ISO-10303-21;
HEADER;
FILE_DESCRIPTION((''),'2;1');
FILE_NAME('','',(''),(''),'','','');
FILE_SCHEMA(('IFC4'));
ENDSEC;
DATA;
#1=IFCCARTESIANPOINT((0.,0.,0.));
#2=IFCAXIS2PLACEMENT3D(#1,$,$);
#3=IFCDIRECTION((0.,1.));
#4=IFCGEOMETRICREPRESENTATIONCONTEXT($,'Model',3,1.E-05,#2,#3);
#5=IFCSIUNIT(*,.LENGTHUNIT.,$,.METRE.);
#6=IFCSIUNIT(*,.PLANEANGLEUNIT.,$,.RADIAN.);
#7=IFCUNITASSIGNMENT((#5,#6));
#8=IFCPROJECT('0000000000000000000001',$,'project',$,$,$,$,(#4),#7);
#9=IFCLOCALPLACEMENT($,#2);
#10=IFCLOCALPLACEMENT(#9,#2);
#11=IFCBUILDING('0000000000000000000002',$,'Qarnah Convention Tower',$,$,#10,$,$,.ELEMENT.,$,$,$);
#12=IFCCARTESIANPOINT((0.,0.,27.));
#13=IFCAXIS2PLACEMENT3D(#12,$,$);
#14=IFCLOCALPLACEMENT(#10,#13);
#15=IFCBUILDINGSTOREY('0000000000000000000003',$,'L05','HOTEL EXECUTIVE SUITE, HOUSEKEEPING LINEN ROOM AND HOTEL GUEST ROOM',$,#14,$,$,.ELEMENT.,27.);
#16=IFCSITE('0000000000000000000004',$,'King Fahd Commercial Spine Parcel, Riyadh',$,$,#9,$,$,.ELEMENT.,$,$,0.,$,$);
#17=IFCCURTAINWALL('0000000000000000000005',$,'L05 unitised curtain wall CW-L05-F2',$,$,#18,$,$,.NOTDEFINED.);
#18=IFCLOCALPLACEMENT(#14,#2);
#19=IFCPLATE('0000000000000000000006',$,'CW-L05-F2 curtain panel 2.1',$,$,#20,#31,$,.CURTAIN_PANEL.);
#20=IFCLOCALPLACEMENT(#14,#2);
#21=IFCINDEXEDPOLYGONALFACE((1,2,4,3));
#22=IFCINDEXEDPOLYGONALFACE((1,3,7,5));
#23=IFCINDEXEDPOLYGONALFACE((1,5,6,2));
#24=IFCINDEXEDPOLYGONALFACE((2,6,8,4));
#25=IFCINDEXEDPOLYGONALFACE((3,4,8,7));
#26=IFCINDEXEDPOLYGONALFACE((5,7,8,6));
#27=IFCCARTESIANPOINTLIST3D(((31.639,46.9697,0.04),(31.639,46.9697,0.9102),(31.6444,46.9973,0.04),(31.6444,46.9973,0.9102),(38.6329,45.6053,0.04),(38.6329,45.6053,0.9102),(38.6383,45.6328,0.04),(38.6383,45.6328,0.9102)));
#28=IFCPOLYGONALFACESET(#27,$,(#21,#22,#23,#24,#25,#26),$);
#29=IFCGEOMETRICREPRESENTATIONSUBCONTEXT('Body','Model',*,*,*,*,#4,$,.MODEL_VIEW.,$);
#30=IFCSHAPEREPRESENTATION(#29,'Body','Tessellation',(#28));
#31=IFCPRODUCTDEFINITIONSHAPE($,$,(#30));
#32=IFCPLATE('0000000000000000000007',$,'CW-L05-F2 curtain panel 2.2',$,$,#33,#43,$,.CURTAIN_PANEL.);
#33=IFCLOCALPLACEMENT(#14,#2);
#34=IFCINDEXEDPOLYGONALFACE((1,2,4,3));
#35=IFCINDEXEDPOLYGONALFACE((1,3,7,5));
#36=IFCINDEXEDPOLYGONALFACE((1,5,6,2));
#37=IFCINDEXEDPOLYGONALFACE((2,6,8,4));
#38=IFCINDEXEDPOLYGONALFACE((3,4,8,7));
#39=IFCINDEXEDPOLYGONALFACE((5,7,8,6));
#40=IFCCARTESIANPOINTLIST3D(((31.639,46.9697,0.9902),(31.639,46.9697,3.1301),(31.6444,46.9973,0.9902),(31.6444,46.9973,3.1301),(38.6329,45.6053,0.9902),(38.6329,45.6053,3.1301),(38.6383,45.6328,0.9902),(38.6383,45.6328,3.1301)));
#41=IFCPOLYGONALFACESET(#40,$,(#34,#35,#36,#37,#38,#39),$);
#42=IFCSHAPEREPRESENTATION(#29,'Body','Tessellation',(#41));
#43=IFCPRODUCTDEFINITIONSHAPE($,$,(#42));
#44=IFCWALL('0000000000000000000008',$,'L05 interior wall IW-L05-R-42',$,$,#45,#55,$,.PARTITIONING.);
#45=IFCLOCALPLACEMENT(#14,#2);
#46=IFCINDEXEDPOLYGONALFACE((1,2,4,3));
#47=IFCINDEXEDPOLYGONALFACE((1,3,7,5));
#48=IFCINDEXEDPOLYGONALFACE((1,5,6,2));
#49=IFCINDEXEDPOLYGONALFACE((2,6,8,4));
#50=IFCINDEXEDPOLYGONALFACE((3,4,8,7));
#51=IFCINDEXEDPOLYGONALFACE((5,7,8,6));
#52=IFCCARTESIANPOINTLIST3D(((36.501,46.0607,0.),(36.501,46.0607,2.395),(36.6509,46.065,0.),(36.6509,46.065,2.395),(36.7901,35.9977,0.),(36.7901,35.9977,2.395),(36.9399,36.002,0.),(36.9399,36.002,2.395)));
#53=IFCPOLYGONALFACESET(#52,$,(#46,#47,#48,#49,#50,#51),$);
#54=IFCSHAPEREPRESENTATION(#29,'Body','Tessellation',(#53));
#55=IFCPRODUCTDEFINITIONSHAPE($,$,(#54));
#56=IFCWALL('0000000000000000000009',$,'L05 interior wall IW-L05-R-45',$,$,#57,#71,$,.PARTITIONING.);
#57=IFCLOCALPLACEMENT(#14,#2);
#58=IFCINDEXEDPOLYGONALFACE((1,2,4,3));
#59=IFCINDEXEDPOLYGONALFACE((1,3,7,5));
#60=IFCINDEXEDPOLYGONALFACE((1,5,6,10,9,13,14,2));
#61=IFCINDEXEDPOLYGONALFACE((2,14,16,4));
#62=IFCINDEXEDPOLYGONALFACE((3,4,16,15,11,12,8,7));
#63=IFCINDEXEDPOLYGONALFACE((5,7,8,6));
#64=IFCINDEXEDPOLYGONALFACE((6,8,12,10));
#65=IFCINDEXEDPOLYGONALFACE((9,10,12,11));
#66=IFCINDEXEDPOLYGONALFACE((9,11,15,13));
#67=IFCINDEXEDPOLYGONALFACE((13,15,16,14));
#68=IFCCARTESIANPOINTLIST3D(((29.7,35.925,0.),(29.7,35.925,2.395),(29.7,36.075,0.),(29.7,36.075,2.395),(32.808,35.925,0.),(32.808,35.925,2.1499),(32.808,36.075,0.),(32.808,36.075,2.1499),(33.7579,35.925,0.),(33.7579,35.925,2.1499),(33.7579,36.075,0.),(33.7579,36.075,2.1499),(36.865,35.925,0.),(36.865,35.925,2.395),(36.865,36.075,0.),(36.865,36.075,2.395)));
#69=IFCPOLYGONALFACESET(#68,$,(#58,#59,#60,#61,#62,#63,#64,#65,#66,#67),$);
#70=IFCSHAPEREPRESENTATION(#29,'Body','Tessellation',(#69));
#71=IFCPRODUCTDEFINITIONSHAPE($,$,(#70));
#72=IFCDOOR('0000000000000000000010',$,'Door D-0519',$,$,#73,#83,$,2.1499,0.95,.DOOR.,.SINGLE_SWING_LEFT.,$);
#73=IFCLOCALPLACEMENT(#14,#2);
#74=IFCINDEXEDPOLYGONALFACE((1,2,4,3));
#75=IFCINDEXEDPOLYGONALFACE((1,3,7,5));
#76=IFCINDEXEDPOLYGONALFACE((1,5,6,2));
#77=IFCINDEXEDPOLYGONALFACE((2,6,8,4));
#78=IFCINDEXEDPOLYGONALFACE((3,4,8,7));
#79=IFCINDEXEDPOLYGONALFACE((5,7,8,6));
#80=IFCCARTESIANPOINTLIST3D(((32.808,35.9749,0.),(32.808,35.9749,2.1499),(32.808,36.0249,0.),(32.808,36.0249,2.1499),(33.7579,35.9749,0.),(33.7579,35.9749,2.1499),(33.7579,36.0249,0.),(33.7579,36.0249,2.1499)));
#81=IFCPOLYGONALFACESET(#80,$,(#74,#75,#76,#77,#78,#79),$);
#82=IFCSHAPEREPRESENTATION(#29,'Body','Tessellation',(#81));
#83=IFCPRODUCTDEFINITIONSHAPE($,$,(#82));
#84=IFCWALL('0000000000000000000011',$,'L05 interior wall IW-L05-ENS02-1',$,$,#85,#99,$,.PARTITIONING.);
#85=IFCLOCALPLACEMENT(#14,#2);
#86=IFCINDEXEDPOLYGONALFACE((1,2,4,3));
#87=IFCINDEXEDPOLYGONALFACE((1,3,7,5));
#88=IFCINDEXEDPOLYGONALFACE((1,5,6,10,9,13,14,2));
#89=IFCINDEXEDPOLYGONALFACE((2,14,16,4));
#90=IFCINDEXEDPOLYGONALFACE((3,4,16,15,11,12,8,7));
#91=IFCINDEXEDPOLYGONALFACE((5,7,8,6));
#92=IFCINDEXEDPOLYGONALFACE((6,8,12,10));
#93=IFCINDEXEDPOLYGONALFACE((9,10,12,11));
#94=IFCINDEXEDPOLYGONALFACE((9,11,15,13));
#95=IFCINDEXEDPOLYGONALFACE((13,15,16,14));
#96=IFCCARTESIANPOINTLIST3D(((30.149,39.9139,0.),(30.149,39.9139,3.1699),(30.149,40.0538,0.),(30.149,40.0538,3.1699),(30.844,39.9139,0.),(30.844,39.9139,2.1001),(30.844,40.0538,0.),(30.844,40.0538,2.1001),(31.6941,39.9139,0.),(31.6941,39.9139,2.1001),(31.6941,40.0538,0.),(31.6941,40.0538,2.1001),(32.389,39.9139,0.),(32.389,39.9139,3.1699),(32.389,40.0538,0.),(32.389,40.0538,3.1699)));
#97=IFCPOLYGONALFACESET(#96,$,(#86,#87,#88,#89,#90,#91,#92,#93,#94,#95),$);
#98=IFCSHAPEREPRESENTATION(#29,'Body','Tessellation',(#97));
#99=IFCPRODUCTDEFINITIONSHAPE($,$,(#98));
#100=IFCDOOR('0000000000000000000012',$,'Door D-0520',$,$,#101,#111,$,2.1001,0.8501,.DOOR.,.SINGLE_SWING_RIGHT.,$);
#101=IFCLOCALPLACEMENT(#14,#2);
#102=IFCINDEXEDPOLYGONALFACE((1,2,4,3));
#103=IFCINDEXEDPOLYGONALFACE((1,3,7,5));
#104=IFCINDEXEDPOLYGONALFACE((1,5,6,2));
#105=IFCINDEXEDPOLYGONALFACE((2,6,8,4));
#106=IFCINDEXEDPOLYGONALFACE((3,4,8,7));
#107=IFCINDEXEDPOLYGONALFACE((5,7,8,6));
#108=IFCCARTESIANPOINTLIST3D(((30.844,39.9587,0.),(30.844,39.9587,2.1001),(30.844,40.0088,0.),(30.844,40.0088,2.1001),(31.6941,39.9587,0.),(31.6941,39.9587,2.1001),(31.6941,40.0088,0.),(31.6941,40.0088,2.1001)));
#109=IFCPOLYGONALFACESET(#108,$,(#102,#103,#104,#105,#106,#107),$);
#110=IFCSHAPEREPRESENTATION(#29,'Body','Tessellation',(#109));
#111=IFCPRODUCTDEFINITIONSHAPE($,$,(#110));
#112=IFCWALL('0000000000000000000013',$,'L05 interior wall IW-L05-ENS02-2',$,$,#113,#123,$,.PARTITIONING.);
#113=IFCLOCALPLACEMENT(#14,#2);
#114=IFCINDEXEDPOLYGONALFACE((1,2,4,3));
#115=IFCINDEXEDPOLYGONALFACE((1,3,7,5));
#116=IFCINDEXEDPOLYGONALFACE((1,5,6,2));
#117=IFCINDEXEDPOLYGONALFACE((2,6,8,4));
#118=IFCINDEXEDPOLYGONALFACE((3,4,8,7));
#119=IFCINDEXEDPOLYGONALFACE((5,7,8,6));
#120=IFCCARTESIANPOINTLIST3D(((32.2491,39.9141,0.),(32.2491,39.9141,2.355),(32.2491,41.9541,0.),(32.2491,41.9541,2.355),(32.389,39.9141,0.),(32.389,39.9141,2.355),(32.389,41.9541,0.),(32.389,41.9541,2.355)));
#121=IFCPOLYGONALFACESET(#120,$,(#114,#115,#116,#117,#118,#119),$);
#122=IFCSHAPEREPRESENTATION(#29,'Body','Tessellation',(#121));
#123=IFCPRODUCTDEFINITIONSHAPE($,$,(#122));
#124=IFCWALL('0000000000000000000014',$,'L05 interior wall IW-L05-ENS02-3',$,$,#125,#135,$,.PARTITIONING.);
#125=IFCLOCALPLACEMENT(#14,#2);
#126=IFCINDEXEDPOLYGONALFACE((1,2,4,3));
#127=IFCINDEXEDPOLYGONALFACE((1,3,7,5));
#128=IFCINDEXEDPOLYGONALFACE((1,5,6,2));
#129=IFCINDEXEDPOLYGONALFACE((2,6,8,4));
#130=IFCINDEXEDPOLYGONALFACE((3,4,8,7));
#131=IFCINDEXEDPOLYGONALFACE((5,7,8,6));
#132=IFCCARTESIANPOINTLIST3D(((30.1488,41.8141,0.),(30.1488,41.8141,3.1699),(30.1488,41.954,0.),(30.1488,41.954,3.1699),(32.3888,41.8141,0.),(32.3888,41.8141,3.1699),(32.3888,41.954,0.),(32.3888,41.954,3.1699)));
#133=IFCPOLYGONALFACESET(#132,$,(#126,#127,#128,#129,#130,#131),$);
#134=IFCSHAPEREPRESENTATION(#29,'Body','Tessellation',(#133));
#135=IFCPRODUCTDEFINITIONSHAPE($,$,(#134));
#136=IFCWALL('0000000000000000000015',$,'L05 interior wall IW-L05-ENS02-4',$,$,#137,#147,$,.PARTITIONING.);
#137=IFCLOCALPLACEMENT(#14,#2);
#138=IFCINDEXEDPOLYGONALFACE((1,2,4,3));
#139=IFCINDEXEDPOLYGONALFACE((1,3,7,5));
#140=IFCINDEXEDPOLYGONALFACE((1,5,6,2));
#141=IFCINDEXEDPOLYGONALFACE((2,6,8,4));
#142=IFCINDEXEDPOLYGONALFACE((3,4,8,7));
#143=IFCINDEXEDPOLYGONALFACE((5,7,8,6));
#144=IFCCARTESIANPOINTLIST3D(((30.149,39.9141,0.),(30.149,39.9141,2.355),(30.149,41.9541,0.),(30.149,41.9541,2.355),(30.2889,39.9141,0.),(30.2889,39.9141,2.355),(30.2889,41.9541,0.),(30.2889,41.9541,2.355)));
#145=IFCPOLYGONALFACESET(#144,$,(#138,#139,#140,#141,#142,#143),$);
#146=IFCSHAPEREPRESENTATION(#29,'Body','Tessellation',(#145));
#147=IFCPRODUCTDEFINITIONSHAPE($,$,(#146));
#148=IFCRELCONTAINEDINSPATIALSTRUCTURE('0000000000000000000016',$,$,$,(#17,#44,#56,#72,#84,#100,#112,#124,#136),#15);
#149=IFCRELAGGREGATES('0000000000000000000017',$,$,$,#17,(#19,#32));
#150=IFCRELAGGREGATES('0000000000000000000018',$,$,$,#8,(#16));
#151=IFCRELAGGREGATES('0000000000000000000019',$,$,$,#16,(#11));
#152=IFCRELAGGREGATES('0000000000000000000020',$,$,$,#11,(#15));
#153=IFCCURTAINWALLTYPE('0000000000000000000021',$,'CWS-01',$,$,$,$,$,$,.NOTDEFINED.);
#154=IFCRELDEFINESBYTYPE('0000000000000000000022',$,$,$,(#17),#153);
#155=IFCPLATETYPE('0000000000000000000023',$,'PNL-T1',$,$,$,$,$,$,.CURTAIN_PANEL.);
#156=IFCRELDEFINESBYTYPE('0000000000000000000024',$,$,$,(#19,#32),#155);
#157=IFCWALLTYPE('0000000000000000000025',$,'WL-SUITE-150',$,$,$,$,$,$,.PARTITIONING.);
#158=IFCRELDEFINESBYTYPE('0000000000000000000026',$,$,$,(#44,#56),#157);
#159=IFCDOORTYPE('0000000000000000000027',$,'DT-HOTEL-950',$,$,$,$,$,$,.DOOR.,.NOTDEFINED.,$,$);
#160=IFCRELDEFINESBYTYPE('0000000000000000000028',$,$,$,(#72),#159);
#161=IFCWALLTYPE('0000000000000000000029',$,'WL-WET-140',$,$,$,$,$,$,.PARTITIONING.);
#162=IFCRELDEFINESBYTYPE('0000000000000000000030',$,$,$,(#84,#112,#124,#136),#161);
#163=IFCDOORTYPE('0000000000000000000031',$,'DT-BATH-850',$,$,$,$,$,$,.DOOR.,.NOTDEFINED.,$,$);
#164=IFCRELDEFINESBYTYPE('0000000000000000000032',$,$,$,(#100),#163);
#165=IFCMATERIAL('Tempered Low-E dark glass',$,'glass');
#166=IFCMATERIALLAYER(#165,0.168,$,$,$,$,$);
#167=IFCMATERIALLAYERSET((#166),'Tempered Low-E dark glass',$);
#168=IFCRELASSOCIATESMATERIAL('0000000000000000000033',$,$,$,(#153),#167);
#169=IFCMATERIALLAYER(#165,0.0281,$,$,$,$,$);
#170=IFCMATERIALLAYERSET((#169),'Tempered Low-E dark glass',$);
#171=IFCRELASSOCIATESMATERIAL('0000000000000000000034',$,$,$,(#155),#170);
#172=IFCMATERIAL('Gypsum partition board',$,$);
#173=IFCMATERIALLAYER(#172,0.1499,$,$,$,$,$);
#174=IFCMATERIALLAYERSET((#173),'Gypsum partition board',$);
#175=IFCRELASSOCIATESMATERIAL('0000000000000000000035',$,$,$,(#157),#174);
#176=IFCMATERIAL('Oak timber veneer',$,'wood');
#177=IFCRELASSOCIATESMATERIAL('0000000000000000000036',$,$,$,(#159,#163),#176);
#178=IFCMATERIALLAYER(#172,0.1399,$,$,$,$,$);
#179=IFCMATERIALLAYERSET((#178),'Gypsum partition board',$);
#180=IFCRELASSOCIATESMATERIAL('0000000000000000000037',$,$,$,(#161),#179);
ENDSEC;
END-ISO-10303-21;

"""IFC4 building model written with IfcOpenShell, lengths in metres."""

from ifc_helpers import new_model, si_unit, direction, frame, frame_2d, origin, origin_2d, place, context, subcontext, project, spatial, rectangle, extrude, material, layer, layer_set, type_object, element, fill, aggregate, save


model = new_model("IFC4")

# Units and contexts
model_context = context("Model", 3, precision=1e-05, world=origin(), true_north=direction((0.0, 1.0)))
body_context = subcontext(model_context, "Body", "Model", "MODEL_VIEW")
ifc_project = project(units=[si_unit("LENGTHUNIT", "METRE"), si_unit("PLANEANGLEUNIT", "RADIAN")], contexts=[model_context])

# Site, building, storey
site_placement = place(None, origin())
site = spatial("IfcSite", under=ifc_project, at=site_placement, Name="King Fahd Commercial Spine Parcel, Riyadh", CompositionType="ELEMENT", RefElevation=0.0)
building_placement = place(site_placement, origin())
building = spatial("IfcBuilding", under=site, at=building_placement, Name="Qarnah Convention Tower", CompositionType="ELEMENT")
storey_placement = place(building_placement, frame((0.0, 0.0, 27.0)))
storey = spatial("IfcBuildingStorey", under=building, at=storey_placement, Name="L05", Description="HOTEL EXECUTIVE SUITE, HOUSEKEEPING LINEN ROOM AND HOTEL GUEST ROOM", CompositionType="ELEMENT", Elevation=27.0)

# Curtain wall, plates
ifc_material_1 = material(Name="Tempered Low-E dark glass", Category="glass")
ifc_layer_1 = layer(ifc_material_1, 0.168)
ifc_layer_set_1 = layer_set([ifc_layer_1], Name="Tempered Low-E dark glass")
curtain_wall_type = type_object("IfcCurtainWallType", Name="CWS-01", PredefinedType="NOTDEFINED", material=ifc_layer_set_1)
curtain_wall_placement = place(storey_placement, origin())
curtain_wall = element("IfcCurtainWall", 1, at=curtain_wall_placement, inside=storey, type_object=curtain_wall_type, Name="L05 unitised curtain wall CW-L05-F2", PredefinedType="NOTDEFINED")
ifc_layer_2 = layer(ifc_material_1, 0.0281)
ifc_layer_set_2 = layer_set([ifc_layer_2], Name="Tempered Low-E dark glass")
plate_type = type_object("IfcPlateType", Name="PNL-T1", PredefinedType="CURTAIN_PANEL", material=ifc_layer_set_2)
plate_1_placement = place(storey_placement, frame((35.1387, 46.3013, 0.04), z_axis=(0.0, 0.0, 1.0), x_axis=(0.981495, -0.191486, 0.0)))
plate_1 = element("IfcPlate", 2, at=plate_1_placement, type_object=plate_type, Name="CW-L05-F2 curtain panel 2.1", PredefinedType="CURTAIN_PANEL", context=body_context, shape_type="SweptSolid", body=[
    extrude(rectangle(XDim=7.1257, YDim=0.0281, at=origin_2d()), origin(), (0.0, 0.0, 1.0), 0.8701),
])
plate_2_placement = place(storey_placement, frame((35.1387, 46.3013, 0.9902), z_axis=(0.0, 0.0, 1.0), x_axis=(0.981495, -0.191486, 0.0)))
plate_2 = element("IfcPlate", 3, at=plate_2_placement, type_object=plate_type, Name="CW-L05-F2 curtain panel 2.2", PredefinedType="CURTAIN_PANEL", context=body_context, shape_type="SweptSolid", body=[
    extrude(rectangle(XDim=7.1257, YDim=0.0281, at=origin_2d()), origin(), (0.0, 0.0, 1.0), 2.1399),
])
aggregate(curtain_wall, [plate_1, plate_2])

# Wall
ifc_material_2 = material(Name="Gypsum partition board")
ifc_layer_3 = layer(ifc_material_2, 0.1499)
ifc_layer_set_3 = layer_set([ifc_layer_3], Name="Gypsum partition board")
wall_type_1 = type_object("IfcWallType", Name="WL-SUITE-150", PredefinedType="PARTITIONING", material=ifc_layer_set_3)
wall_1_placement = place(storey_placement, frame((36.5759, 46.063, 0.0), z_axis=(0.0, 0.0, 1.0), x_axis=(0.028713, -0.999588, 0.0)))
element("IfcWall", 4, at=wall_1_placement, inside=storey, type_object=wall_type_1, Name="L05 interior wall IW-L05-R-42", PredefinedType="PARTITIONING", context=body_context, shape_type="SweptSolid", body=[
    extrude(rectangle(XDim=10.0671, YDim=0.1499, at=frame_2d((5.0337, 0.0))), origin(), (0.0, 0.0, 1.0), 2.395),
])

# Walls, openings, doors
wall_2_placement = place(storey_placement, frame((29.7, 36.0, 0.0), z_axis=(0.0, 0.0, 1.0), x_axis=(1.0, 0.0, 0.0)))
wall_2 = element("IfcWall", 5, at=wall_2_placement, inside=storey, type_object=wall_type_1, Name="L05 interior wall IW-L05-R-45", PredefinedType="PARTITIONING", context=body_context, shape_type="SweptSolid", body=[
    extrude(rectangle(XDim=7.165, YDim=0.1499, at=frame_2d((3.5825, 0.0))), origin(), (0.0, 0.0, 1.0), 2.395),
])
opening_1_placement = place(wall_2_placement, frame((3.1079, 0.0, 0.0)))
opening_1 = element("IfcOpeningElement", 6, at=opening_1_placement, cuts=wall_2, PredefinedType="OPENING", context=body_context, shape_type="SweptSolid", body=[
    extrude(rectangle(XDim=0.95, YDim=2.1499, at=frame_2d((0.4751, 1.075))), frame((0.0, 0.085, 0.0), z_axis=(0.0, -1.0, 0.0), x_axis=(1.0, 0.0, 0.0)), (0.0, 0.0, 1.0), 0.1699),
])
ifc_material_3 = material(Name="Oak timber veneer", Category="wood")
door_type_1 = type_object("IfcDoorType", Name="DT-HOTEL-950", OperationType="NOTDEFINED", PredefinedType="DOOR", material=ifc_material_3)
door_1_placement = place(opening_1_placement, origin())
door_1 = element("IfcDoor", 7, at=door_1_placement, inside=storey, type_object=door_type_1, Name="Door D-0519", OperationType="SINGLE_SWING_LEFT", OverallHeight=2.1499, OverallWidth=0.95, PredefinedType="DOOR", context=body_context, shape_type="SweptSolid", body=[
    extrude(rectangle(XDim=0.95, YDim=2.1499, at=frame_2d((0.4751, 1.075))), frame((0.0, 0.0249, 0.0), z_axis=(0.0, -1.0, 0.0), x_axis=(1.0, 0.0, 0.0)), (0.0, 0.0, 1.0), 0.05),
])
fill(opening_1, door_1)
ifc_layer_4 = layer(ifc_material_2, 0.1399)
ifc_layer_set_4 = layer_set([ifc_layer_4], Name="Gypsum partition board")
wall_type_2 = type_object("IfcWallType", Name="WL-WET-140", PredefinedType="PARTITIONING", material=ifc_layer_set_4)
wall_3_placement = place(storey_placement, frame((30.1489, 39.9839, 0.0), z_axis=(0.0, 0.0, 1.0), x_axis=(1.0, 0.0, 0.0)))
wall_3 = element("IfcWall", 8, at=wall_3_placement, inside=storey, type_object=wall_type_2, Name="L05 interior wall IW-L05-ENS02-1", PredefinedType="PARTITIONING", context=body_context, shape_type="SweptSolid", body=[
    extrude(rectangle(XDim=2.24, YDim=0.1399, at=frame_2d((1.1201, 0.0))), origin(), (0.0, 0.0, 1.0), 3.1699),
])
opening_2_placement = place(wall_3_placement, frame((0.6951, 0.0, 0.0)))
opening_2 = element("IfcOpeningElement", 9, at=opening_2_placement, cuts=wall_3, PredefinedType="OPENING", context=body_context, shape_type="SweptSolid", body=[
    extrude(rectangle(XDim=0.8501, YDim=2.1001, at=frame_2d((0.425, 1.05))), frame((0.0, 0.0798, 0.0), z_axis=(0.0, -1.0, 0.0), x_axis=(1.0, 0.0, 0.0)), (0.0, 0.0, 1.0), 0.1599),
])
door_type_2 = type_object("IfcDoorType", Name="DT-BATH-850", OperationType="NOTDEFINED", PredefinedType="DOOR", material=ifc_material_3)
door_2_placement = place(opening_2_placement, origin())
door_2 = element("IfcDoor", 10, at=door_2_placement, inside=storey, type_object=door_type_2, Name="Door D-0520", OperationType="SINGLE_SWING_RIGHT", OverallHeight=2.1001, OverallWidth=0.8501, PredefinedType="DOOR", context=body_context, shape_type="SweptSolid", body=[
    extrude(rectangle(XDim=0.8501, YDim=2.1001, at=frame_2d((0.425, 1.05))), frame((0.0, 0.0249, 0.0), z_axis=(0.0, -1.0, 0.0), x_axis=(1.0, 0.0, 0.0)), (0.0, 0.0, 1.0), 0.05),
])
fill(opening_2, door_2)

# Walls
wall_4_placement = place(storey_placement, frame((32.3191, 39.9141, 0.0), z_axis=(0.0, 0.0, 1.0), x_axis=(0.0, 1.0, 0.0)))
element("IfcWall", 11, at=wall_4_placement, inside=storey, type_object=wall_type_2, Name="L05 interior wall IW-L05-ENS02-2", PredefinedType="PARTITIONING", context=body_context, shape_type="SweptSolid", body=[
    extrude(rectangle(XDim=2.04, YDim=0.1399, at=frame_2d((1.02, 0.0))), origin(), (0.0, 0.0, 1.0), 2.355),
])
wall_5_placement = place(storey_placement, frame((32.3889, 41.884, 0.0), z_axis=(0.0, 0.0, 1.0), x_axis=(-1.0, 0.0, 0.0)))
element("IfcWall", 12, at=wall_5_placement, inside=storey, type_object=wall_type_2, Name="L05 interior wall IW-L05-ENS02-3", PredefinedType="PARTITIONING", context=body_context, shape_type="SweptSolid", body=[
    extrude(rectangle(XDim=2.24, YDim=0.1399, at=frame_2d((1.1201, 0.0))), origin(), (0.0, 0.0, 1.0), 3.1699),
])
wall_6_placement = place(storey_placement, frame((30.219, 41.9541, 0.0), z_axis=(0.0, 0.0, 1.0), x_axis=(0.0, -1.0, 0.0)))
element("IfcWall", 13, at=wall_6_placement, inside=storey, type_object=wall_type_2, Name="L05 interior wall IW-L05-ENS02-4", PredefinedType="PARTITIONING", context=body_context, shape_type="SweptSolid", body=[
    extrude(rectangle(XDim=2.04, YDim=0.1399, at=frame_2d((1.02, 0.0))), origin(), (0.0, 0.0, 1.0), 2.355),
])

save(model, "model.ifc")
